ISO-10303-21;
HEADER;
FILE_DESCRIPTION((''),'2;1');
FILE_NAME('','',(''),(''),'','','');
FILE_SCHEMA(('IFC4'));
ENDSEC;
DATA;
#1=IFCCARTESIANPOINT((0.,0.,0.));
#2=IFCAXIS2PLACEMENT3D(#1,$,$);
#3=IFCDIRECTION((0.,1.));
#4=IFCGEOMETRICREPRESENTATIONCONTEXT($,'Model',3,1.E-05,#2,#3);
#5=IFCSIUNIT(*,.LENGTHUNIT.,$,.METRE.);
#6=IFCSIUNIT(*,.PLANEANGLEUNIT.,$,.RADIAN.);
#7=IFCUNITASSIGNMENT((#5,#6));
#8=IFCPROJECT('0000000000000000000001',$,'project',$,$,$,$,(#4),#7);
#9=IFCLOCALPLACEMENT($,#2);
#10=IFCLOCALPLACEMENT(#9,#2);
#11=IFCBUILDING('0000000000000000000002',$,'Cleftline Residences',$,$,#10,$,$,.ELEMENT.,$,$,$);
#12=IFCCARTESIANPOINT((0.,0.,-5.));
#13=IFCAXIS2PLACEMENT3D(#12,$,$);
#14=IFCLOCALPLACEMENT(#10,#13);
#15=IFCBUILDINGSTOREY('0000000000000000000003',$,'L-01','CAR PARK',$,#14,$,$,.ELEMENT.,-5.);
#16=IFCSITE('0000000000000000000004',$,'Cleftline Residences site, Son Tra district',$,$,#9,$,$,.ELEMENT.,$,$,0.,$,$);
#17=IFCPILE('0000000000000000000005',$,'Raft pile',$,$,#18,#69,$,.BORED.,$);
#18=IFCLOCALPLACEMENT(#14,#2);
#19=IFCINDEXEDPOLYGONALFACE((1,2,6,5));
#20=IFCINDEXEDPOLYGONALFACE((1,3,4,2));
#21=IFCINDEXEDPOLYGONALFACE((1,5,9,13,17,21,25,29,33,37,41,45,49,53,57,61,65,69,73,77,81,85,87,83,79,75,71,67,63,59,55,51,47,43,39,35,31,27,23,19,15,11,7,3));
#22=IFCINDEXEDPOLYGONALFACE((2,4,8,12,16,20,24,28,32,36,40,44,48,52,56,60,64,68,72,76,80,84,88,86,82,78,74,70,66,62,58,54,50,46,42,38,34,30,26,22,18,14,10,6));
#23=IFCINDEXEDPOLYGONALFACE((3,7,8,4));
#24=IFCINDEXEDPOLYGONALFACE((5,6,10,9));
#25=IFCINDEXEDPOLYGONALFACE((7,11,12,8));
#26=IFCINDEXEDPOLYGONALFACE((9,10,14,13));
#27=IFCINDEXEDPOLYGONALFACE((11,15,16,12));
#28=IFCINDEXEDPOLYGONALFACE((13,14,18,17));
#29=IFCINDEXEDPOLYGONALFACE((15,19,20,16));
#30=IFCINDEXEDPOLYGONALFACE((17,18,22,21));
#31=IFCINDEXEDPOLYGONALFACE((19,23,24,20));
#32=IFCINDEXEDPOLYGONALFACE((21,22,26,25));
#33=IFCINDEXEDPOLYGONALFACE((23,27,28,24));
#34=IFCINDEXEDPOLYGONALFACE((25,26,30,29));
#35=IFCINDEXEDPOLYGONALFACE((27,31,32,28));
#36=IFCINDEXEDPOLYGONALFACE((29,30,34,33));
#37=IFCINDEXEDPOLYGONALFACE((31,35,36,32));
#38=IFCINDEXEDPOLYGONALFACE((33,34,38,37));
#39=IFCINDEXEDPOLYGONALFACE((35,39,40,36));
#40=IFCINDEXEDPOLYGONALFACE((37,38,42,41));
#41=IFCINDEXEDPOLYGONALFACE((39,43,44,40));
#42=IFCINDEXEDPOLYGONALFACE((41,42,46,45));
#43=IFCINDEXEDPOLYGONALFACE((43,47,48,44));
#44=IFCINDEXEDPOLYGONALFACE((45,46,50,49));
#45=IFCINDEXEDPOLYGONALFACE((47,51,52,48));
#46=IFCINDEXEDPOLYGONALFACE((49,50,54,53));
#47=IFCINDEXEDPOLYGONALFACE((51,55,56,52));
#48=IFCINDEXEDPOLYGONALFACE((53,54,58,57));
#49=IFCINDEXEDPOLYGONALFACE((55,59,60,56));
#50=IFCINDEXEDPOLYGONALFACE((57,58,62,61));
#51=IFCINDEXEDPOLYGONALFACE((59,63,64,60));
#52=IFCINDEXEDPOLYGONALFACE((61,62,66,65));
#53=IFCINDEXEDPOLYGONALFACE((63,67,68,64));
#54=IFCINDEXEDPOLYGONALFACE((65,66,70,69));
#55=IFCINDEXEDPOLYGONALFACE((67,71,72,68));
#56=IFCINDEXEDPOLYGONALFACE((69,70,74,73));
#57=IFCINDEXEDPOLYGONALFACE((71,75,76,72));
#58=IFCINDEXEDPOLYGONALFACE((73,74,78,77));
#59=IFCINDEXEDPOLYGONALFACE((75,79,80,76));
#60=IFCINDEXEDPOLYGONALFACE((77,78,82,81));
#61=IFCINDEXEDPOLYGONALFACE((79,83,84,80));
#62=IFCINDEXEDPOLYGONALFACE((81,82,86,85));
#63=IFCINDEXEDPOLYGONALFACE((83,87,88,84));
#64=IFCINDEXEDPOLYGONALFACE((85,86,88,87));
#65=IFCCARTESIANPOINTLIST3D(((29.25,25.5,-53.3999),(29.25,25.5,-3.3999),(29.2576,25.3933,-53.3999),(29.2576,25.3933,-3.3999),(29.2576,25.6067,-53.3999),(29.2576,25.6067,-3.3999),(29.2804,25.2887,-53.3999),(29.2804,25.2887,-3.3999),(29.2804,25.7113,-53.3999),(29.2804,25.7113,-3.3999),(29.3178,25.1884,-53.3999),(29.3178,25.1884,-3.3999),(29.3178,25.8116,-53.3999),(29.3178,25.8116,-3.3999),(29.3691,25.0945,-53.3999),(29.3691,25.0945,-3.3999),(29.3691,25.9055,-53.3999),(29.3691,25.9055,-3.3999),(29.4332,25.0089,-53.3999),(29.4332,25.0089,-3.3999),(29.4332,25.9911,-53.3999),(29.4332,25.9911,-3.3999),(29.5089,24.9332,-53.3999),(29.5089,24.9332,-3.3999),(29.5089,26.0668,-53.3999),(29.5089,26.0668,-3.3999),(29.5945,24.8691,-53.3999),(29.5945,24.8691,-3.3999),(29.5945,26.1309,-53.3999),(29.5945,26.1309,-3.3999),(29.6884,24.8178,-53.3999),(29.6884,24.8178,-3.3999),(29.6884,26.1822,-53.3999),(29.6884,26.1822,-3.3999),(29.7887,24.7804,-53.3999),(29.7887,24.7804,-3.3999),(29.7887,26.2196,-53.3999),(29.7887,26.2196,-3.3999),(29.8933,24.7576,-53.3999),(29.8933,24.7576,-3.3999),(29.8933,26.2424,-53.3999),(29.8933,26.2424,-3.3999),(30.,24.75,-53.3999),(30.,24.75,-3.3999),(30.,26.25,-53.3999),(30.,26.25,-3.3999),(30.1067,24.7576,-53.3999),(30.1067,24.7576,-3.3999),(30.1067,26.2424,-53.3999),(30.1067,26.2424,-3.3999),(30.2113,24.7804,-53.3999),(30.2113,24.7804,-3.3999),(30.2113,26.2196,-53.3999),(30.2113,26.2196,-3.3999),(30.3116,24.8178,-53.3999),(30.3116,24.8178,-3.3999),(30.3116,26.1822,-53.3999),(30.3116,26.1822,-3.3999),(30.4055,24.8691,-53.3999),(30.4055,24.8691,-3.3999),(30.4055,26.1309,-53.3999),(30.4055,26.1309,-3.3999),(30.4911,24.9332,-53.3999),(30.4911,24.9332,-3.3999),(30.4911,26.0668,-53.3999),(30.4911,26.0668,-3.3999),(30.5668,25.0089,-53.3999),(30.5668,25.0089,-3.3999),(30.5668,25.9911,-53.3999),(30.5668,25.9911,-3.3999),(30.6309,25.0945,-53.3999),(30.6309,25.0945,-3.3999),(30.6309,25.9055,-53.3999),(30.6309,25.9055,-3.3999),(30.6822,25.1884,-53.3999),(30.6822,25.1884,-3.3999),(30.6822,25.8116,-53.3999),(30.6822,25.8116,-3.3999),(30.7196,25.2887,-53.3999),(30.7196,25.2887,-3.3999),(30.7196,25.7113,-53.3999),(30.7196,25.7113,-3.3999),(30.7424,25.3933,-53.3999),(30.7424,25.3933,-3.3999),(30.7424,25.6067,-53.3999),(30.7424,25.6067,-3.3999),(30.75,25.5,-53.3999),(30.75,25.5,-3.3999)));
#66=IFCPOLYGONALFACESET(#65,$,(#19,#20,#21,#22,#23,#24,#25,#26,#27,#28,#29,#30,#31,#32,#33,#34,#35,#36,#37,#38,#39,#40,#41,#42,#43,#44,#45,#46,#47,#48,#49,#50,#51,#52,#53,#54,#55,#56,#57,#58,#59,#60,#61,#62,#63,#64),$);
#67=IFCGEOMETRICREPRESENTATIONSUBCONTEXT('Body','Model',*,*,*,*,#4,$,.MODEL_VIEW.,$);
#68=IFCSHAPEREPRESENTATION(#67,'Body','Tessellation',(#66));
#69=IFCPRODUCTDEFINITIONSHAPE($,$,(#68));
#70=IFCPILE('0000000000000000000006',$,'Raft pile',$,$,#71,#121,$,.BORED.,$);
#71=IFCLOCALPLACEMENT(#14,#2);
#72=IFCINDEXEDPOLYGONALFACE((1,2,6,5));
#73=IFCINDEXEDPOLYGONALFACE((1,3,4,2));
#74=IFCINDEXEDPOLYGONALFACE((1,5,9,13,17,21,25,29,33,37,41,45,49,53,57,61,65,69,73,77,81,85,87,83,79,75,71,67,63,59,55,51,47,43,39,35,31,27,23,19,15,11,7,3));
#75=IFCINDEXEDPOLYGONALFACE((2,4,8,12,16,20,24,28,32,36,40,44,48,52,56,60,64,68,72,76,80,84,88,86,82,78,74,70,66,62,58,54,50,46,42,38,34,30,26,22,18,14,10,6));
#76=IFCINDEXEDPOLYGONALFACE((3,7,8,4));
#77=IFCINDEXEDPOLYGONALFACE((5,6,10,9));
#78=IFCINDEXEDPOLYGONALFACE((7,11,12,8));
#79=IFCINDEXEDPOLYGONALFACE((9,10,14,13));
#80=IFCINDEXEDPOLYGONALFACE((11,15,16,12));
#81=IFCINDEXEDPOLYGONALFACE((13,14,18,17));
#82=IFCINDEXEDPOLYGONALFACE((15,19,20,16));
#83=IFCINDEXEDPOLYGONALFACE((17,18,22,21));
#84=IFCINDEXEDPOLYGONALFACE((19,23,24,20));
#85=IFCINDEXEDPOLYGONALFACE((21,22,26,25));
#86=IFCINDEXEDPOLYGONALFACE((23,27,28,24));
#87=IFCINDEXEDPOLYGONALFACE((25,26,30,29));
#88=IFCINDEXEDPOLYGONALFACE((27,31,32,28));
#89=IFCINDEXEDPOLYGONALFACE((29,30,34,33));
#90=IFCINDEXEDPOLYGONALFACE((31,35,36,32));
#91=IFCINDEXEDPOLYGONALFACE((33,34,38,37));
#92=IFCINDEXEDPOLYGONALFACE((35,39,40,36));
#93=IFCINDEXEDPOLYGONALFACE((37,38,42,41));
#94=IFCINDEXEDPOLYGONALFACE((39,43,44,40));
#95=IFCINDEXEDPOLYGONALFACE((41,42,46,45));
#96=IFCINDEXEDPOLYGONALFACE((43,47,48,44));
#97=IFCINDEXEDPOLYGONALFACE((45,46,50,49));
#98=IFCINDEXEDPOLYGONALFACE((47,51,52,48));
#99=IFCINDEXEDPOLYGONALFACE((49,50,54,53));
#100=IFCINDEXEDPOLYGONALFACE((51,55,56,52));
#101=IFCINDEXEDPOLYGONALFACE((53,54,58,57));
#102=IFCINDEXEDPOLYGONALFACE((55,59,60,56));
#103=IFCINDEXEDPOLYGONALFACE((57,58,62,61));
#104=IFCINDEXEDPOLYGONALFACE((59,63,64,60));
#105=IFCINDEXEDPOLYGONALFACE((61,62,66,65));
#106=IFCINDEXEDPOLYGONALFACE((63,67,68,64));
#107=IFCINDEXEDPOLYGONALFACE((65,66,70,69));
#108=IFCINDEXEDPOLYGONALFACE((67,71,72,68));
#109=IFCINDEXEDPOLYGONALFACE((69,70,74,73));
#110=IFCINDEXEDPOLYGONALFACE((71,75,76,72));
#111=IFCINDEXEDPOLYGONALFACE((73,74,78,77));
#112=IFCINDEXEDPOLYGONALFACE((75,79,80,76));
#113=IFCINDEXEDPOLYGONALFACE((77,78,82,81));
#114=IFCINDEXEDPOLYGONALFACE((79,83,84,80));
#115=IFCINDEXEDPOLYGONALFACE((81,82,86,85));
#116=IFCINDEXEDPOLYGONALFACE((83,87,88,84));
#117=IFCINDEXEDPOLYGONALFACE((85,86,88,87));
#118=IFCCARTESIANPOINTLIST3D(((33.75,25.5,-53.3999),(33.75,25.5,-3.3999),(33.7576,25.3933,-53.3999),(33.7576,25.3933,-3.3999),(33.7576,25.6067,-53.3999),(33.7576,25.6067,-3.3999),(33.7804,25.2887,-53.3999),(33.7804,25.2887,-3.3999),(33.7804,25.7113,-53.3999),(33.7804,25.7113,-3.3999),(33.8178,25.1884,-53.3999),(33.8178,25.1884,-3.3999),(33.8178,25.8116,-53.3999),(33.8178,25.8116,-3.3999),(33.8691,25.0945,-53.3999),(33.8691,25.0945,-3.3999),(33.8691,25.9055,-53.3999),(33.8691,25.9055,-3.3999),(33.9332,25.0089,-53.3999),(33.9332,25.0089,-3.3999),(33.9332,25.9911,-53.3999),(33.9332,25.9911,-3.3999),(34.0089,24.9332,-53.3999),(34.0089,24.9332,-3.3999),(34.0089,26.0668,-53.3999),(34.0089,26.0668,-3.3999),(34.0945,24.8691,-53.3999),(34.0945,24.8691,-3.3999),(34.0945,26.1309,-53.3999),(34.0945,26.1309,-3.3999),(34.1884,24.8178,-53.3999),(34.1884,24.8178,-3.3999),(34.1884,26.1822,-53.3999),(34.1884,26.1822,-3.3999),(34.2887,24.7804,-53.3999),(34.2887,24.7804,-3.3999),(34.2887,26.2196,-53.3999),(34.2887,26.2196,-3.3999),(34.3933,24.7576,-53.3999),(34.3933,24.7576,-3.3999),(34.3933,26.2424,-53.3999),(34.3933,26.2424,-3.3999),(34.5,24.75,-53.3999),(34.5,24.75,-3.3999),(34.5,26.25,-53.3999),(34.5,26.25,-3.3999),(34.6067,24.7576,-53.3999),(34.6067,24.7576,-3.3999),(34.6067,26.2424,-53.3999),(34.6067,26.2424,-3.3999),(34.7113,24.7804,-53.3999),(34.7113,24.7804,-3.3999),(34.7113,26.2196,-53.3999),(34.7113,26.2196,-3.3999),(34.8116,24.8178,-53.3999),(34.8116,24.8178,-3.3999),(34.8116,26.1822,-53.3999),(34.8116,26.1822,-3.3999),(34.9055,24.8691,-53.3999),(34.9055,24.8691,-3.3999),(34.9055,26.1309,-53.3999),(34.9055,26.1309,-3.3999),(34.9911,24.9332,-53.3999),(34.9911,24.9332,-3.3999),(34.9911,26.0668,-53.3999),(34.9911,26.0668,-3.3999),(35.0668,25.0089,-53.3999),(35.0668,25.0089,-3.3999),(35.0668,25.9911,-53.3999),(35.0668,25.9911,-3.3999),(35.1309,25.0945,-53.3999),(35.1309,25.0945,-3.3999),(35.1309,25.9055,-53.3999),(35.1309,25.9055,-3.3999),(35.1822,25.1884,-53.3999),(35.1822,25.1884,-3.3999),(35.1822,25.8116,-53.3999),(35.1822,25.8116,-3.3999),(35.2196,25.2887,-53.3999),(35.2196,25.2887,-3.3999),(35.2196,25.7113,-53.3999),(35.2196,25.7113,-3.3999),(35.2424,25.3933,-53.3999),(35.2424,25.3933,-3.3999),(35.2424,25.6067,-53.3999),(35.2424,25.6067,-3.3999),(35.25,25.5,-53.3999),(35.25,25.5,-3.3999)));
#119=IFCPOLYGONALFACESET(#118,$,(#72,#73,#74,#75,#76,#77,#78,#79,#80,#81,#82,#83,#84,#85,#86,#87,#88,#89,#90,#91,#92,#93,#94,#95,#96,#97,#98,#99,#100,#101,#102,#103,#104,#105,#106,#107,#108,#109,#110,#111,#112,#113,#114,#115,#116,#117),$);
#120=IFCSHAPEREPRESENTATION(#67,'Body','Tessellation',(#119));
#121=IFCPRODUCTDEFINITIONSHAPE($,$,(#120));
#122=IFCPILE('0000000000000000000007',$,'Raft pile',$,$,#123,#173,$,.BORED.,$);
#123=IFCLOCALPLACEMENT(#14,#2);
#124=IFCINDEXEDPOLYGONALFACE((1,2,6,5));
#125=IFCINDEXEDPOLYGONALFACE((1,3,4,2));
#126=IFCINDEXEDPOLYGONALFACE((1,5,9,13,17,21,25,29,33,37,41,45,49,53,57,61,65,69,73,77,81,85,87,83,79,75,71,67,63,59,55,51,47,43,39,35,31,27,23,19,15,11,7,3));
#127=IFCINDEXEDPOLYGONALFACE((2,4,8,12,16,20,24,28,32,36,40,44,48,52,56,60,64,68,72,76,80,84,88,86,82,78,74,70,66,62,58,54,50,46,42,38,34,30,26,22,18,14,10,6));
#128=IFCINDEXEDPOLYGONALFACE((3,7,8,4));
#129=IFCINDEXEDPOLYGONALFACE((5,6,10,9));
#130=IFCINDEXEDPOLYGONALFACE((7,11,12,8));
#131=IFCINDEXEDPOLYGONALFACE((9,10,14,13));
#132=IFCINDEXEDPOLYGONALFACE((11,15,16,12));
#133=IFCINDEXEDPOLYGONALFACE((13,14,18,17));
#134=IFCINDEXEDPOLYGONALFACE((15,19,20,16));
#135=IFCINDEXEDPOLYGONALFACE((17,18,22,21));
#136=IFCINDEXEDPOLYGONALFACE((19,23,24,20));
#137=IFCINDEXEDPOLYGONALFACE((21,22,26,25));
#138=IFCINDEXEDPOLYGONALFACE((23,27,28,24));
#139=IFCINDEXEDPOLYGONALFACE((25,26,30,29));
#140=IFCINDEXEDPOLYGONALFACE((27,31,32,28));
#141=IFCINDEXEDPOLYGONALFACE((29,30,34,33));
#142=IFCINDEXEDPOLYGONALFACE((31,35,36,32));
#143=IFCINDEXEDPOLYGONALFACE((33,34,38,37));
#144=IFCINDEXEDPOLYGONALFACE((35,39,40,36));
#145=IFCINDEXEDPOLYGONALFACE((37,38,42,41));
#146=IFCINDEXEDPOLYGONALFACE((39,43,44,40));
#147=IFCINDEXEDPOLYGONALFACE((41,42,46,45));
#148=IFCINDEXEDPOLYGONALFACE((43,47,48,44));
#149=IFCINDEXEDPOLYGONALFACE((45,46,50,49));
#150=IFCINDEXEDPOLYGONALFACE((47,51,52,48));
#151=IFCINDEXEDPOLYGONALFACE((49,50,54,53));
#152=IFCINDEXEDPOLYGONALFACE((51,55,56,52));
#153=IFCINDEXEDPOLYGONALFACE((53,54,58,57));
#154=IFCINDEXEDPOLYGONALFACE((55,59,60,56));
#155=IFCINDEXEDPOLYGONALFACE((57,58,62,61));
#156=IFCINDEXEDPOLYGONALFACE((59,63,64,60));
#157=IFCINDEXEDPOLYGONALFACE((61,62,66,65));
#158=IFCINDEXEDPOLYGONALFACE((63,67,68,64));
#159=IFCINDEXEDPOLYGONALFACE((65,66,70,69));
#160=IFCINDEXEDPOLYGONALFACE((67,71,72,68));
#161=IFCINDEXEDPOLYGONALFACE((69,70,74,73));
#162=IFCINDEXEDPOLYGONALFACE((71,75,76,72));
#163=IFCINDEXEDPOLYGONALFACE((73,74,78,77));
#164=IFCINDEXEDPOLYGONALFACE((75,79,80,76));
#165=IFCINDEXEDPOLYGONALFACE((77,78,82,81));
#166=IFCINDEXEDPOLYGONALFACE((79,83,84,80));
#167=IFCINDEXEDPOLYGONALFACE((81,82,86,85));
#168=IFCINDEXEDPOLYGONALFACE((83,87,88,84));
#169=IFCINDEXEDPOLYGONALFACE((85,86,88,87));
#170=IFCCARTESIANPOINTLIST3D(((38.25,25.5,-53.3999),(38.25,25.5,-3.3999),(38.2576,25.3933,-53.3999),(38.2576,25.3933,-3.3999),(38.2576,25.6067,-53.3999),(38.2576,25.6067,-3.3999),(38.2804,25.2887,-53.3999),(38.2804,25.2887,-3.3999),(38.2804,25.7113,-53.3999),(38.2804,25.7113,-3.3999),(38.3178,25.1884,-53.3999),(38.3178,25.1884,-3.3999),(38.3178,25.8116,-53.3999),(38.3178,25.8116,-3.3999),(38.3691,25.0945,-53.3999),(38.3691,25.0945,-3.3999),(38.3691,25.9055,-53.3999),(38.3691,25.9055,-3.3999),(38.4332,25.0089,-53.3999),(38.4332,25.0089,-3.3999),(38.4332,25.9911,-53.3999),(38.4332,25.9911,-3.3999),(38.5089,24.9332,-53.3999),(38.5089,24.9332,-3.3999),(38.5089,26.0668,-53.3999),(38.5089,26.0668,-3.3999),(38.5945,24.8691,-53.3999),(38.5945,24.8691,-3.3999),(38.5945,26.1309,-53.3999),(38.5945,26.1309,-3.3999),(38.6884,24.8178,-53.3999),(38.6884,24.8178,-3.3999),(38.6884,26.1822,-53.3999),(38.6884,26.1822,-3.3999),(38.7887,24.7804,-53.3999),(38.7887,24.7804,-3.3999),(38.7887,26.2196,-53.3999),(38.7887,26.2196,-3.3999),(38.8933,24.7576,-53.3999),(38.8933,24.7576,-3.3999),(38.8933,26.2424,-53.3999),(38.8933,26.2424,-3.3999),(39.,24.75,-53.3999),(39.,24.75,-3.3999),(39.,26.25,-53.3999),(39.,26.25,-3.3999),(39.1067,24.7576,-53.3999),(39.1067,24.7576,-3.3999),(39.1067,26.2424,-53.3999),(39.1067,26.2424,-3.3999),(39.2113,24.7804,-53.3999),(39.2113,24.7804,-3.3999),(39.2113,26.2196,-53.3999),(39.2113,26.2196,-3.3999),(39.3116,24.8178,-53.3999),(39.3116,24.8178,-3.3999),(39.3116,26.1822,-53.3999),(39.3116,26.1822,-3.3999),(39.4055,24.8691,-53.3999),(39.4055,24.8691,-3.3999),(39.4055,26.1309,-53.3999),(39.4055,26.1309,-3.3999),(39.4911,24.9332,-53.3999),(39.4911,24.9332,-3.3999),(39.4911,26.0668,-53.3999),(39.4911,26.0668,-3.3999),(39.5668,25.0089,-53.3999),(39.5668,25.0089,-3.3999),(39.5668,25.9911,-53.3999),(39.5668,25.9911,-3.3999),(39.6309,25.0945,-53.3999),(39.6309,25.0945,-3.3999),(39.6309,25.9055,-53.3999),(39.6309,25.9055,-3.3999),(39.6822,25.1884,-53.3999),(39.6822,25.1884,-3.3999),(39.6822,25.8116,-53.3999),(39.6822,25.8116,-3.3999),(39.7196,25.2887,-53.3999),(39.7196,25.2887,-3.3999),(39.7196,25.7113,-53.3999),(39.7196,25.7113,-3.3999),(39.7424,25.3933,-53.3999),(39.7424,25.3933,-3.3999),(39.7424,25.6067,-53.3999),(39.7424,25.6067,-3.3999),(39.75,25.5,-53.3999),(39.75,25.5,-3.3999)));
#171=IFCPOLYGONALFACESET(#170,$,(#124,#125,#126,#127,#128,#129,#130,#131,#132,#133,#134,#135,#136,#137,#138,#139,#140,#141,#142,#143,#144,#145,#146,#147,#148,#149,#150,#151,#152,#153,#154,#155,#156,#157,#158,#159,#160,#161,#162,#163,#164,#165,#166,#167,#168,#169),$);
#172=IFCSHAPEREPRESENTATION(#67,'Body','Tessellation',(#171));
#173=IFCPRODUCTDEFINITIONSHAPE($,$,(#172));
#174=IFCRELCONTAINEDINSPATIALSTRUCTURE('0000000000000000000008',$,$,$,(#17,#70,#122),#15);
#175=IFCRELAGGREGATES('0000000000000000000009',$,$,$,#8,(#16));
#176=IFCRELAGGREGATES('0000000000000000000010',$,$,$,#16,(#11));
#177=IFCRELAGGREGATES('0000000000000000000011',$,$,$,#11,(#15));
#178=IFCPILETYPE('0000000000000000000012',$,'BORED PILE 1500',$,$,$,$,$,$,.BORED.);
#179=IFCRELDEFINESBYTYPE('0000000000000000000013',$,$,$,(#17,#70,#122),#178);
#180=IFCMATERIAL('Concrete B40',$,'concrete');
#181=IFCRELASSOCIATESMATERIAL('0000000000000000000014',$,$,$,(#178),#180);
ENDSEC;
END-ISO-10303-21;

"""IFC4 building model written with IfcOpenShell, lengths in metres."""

from ifc_helpers import new_model, si_unit, direction, frame, origin, origin_2d, place, context, subcontext, project, spatial, circle, extrude, material, material_profile, profile_set, type_object, element, save


model = new_model("IFC4")

# Units and contexts
model_context = context("Model", 3, precision=1e-05, world=origin(), true_north=direction((0.0, 1.0)))
body_context = subcontext(model_context, "Body", "Model", "MODEL_VIEW")
ifc_project = project(units=[si_unit("LENGTHUNIT", "METRE"), si_unit("PLANEANGLEUNIT", "RADIAN")], contexts=[model_context])

# Site, building, storey
site_placement = place(None, origin())
site = spatial("IfcSite", under=ifc_project, at=site_placement, Name="Cleftline Residences site, Son Tra district", CompositionType="ELEMENT", RefElevation=0.0)
building_placement = place(site_placement, origin())
building = spatial("IfcBuilding", under=site, at=building_placement, Name="Cleftline Residences", CompositionType="ELEMENT")
storey_placement = place(building_placement, frame((0.0, 0.0, -5.0)))
storey = spatial("IfcBuildingStorey", under=building, at=storey_placement, Name="L-01", Description="CAR PARK", CompositionType="ELEMENT", Elevation=-5.0)

# Piles
ifc_material_1 = material(Name="Concrete B40", Category="concrete")
ifc_material_profile = material_profile(ifc_material_1, circle(Radius=0.75, at=origin_2d()))
ifc_profile_set = profile_set([ifc_material_profile], Name="Concrete B40")
pile_type = type_object("IfcPileType", Name="BORED PILE 1500", PredefinedType="BORED", material=ifc_profile_set)
for number, where, z_axis, x_axis, name in (
    (1, (30.0, 25.5, -3.3999), (0.0, 0.0, -1.0), (1.0, 0.0, 0.0), "Raft pile"),
    (2, (34.5, 25.5, -3.3999), (0.0, 0.0, -1.0), (1.0, 0.0, 0.0), "Raft pile"),
    (3, (39.0, 25.5, -3.3999), (0.0, 0.0, -1.0), (1.0, 0.0, 0.0), "Raft pile"),
):
    element("IfcPile", number, at=place(storey_placement, frame(where, z_axis=z_axis, x_axis=x_axis)), inside=storey, type_object=pile_type, Name=name, PredefinedType="BORED", context=body_context, shape_type="SweptSolid", body=[
        extrude(circle(Radius=0.75, at=origin_2d()), origin(), (0.0, 0.0, 1.0), 50.0),
    ])

save(model, "model.ifc")
